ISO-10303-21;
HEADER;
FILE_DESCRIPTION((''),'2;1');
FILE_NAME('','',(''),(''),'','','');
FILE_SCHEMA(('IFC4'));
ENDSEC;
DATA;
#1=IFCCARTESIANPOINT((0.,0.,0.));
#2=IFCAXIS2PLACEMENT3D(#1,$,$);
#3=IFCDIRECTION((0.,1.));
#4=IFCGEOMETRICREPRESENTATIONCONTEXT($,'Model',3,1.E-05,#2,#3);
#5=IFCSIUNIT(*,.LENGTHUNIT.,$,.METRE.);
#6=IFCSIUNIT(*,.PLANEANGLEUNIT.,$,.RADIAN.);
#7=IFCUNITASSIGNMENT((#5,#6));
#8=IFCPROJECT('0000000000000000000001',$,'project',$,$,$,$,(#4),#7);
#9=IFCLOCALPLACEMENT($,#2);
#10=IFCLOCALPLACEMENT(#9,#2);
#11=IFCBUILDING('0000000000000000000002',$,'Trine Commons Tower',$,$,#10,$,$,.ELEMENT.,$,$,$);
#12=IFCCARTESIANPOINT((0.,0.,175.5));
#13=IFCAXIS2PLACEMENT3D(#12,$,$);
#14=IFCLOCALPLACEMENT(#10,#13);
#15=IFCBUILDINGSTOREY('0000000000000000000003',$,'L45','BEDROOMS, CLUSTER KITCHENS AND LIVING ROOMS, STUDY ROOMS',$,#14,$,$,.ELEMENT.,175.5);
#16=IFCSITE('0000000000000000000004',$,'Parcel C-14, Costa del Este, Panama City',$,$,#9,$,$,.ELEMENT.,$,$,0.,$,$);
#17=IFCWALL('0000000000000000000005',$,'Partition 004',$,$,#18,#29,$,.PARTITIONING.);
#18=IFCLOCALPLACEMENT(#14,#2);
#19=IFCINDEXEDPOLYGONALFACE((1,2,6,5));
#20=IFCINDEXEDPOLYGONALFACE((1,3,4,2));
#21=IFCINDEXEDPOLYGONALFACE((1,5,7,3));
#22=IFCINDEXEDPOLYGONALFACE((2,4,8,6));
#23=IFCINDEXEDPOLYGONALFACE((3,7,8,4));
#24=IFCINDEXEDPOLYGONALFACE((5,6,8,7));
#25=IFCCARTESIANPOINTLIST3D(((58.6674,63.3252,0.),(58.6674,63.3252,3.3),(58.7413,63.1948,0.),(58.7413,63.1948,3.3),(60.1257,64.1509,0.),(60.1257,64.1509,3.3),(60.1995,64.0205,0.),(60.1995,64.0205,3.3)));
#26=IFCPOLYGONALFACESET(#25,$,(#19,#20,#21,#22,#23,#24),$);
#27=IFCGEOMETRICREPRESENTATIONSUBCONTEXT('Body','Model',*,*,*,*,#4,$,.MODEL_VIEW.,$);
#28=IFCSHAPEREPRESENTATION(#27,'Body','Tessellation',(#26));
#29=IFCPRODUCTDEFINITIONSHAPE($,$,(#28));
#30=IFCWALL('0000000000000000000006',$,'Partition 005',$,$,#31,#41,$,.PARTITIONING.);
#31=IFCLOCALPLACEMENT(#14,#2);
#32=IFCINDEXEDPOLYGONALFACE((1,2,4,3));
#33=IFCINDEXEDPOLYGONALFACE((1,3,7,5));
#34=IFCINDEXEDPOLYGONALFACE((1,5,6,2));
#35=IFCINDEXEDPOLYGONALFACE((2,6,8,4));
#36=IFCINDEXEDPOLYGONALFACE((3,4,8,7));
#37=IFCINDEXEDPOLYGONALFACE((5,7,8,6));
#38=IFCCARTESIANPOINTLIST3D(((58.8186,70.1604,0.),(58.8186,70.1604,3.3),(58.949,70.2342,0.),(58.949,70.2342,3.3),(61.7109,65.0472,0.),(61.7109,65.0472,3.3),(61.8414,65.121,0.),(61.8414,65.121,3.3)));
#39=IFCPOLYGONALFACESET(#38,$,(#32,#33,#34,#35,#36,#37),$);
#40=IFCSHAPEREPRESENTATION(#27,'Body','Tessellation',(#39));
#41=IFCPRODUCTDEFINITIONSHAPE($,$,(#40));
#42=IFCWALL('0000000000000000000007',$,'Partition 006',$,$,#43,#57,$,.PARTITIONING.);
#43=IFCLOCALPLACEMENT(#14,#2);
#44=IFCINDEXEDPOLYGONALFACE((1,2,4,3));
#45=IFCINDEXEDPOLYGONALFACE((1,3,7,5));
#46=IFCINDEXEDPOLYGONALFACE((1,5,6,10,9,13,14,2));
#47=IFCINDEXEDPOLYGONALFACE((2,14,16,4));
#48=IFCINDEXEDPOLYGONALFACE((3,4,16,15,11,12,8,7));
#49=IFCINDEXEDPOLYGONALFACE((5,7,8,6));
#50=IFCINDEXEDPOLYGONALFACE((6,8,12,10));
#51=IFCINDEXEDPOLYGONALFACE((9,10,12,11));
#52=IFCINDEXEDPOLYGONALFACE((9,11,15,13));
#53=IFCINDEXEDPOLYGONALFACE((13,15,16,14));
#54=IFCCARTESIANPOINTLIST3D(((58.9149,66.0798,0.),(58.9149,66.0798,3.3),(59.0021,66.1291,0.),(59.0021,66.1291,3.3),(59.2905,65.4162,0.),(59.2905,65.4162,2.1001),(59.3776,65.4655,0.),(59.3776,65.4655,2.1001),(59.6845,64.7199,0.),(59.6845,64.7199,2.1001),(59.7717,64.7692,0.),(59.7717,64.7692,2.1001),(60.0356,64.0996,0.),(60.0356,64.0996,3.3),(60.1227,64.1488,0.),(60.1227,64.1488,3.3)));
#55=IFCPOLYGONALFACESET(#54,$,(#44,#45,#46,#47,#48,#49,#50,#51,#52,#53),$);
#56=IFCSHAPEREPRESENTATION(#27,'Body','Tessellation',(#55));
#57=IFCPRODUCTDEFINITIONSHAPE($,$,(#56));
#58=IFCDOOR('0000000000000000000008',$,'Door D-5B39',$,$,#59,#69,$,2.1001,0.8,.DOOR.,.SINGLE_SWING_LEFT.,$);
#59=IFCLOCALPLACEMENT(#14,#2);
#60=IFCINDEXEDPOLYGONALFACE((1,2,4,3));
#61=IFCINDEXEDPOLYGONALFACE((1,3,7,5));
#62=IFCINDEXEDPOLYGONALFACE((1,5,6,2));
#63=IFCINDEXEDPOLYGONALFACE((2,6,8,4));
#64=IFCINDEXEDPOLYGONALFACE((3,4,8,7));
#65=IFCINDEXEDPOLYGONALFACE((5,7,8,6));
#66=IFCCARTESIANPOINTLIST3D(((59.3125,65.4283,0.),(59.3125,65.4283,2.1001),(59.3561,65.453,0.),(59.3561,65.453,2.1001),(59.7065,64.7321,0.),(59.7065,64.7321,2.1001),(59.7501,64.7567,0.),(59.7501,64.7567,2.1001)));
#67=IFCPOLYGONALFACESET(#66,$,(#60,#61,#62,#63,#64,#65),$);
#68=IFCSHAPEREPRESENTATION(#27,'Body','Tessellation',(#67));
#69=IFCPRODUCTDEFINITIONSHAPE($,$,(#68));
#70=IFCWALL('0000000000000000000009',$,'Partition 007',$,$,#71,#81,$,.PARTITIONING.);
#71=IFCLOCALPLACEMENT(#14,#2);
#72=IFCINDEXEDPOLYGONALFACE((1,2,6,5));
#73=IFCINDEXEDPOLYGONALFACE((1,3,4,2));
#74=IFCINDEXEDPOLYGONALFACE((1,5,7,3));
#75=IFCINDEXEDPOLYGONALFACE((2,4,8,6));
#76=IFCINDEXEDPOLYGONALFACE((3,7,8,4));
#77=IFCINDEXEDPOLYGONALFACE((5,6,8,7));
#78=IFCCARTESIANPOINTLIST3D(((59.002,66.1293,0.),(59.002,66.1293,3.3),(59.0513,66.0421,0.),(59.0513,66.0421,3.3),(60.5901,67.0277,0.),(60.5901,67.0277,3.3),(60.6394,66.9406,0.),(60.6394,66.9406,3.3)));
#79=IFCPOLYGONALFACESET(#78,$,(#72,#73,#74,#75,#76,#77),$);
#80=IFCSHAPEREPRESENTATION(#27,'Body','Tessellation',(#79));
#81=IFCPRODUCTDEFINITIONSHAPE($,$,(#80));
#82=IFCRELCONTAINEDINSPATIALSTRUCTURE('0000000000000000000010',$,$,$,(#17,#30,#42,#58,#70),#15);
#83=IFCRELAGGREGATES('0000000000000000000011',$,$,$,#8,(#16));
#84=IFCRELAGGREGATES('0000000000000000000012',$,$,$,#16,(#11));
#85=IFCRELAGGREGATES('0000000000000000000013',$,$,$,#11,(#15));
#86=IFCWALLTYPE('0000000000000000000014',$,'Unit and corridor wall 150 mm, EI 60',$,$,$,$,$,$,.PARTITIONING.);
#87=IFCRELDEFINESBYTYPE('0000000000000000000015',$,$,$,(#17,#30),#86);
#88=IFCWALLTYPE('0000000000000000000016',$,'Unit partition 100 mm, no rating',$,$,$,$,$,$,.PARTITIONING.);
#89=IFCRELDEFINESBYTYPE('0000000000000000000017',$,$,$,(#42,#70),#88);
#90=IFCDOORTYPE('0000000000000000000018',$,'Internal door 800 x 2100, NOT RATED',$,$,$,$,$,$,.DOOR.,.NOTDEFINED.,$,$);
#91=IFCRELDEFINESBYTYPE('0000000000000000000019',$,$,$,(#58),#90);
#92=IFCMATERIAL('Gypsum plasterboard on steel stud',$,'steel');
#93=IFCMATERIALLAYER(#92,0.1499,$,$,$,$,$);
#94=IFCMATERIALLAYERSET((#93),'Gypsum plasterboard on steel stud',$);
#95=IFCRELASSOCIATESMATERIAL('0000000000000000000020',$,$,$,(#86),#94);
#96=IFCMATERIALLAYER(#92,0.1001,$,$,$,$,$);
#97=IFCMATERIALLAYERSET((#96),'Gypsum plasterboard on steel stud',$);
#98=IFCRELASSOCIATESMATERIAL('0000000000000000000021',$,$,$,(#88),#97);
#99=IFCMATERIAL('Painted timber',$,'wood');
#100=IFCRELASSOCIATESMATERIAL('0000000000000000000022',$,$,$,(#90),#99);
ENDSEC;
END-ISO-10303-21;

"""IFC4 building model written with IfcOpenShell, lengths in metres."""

from ifc_helpers import new_model, si_unit, direction, frame, frame_2d, origin, place, context, subcontext, project, spatial, rectangle, extrude, material, layer, layer_set, type_object, element, fill, save


model = new_model("IFC4")

# Units and contexts
model_context = context("Model", 3, precision=1e-05, world=origin(), true_north=direction((0.0, 1.0)))
body_context = subcontext(model_context, "Body", "Model", "MODEL_VIEW")
ifc_project = project(units=[si_unit("LENGTHUNIT", "METRE"), si_unit("PLANEANGLEUNIT", "RADIAN")], contexts=[model_context])

# Site, building, storey
site_placement = place(None, origin())
site = spatial("IfcSite", under=ifc_project, at=site_placement, Name="Parcel C-14, Costa del Este, Panama City", CompositionType="ELEMENT", RefElevation=0.0)
building_placement = place(site_placement, origin())
building = spatial("IfcBuilding", under=site, at=building_placement, Name="Trine Commons Tower", CompositionType="ELEMENT")
storey_placement = place(building_placement, frame((0.0, 0.0, 175.5)))
storey = spatial("IfcBuildingStorey", under=building, at=storey_placement, Name="L45", Description="BEDROOMS, CLUSTER KITCHENS AND LIVING ROOMS, STUDY ROOMS", CompositionType="ELEMENT", Elevation=175.5)

# Shared definitions
ifc_material_1 = material(Name="Gypsum plasterboard on steel stud", Category="steel")
ifc_layer_1 = layer(ifc_material_1, 0.1499)
ifc_layer_set_1 = layer_set([ifc_layer_1], Name="Gypsum plasterboard on steel stud")
wall_type_1 = type_object("IfcWallType", Name="Unit and corridor wall 150 mm, EI 60", PredefinedType="PARTITIONING", material=ifc_layer_set_1)

# Walls
wall_1_placement = place(storey_placement, frame((58.7043, 63.26, 0.0), z_axis=(0.0, 0.0, 1.0), x_axis=(0.870191, 0.492715, 0.0)))
element("IfcWall", 1, at=wall_1_placement, inside=storey, type_object=wall_type_1, Name="Partition 004", PredefinedType="PARTITIONING", context=body_context, shape_type="SweptSolid", body=[
    extrude(rectangle(XDim=1.6758, YDim=0.1499, at=frame_2d((0.8379, 0.0))), origin(), (0.0, 0.0, 1.0), 3.3),
])
wall_2_placement = place(storey_placement, frame((58.8838, 70.1973, 0.0), z_axis=(0.0, 0.0, 1.0), x_axis=(0.492361, -0.870391, 0.0)))
element("IfcWall", 2, at=wall_2_placement, inside=storey, type_object=wall_type_1, Name="Partition 005", PredefinedType="PARTITIONING", context=body_context, shape_type="SweptSolid", body=[
    extrude(rectangle(XDim=5.8745, YDim=0.1499, at=frame_2d((2.9373, 0.0))), origin(), (0.0, 0.0, 1.0), 3.3),
])

# Wall, opening, door
ifc_layer_2 = layer(ifc_material_1, 0.1001)
ifc_layer_set_2 = layer_set([ifc_layer_2], Name="Gypsum plasterboard on steel stud")
wall_type_2 = type_object("IfcWallType", Name="Unit partition 100 mm, no rating", PredefinedType="PARTITIONING", material=ifc_layer_set_2)
wall_3_placement = place(storey_placement, frame((58.9585, 66.1045, 0.0), z_axis=(0.0, 0.0, 1.0), x_axis=(0.492506, -0.870309, 0.0)))
wall_3 = element("IfcWall", 3, at=wall_3_placement, inside=storey, type_object=wall_type_2, Name="Partition 006", PredefinedType="PARTITIONING", context=body_context, shape_type="SweptSolid", body=[
    extrude(rectangle(XDim=2.2754, YDim=0.1001, at=frame_2d((1.1377, 0.0))), origin(), (0.0, 0.0, 1.0), 3.3),
])
opening_1_placement = place(wall_3_placement, frame((0.7627, 0.0, 0.0)))
opening_1 = element("IfcOpeningElement", 4, at=opening_1_placement, cuts=wall_3, PredefinedType="OPENING", context=body_context, shape_type="SweptSolid", body=[
    extrude(rectangle(XDim=0.8, YDim=2.1001, at=frame_2d((0.3999, 1.05))), frame((0.0, 0.0601, 0.0), z_axis=(0.0, -1.0, 0.0), x_axis=(1.0, 0.0, 0.0)), (0.0, 0.0, 1.0), 0.1201),
])
ifc_material_2 = material(Name="Painted timber", Category="wood")
door_type_1 = type_object("IfcDoorType", Name="Internal door 800 x 2100, NOT RATED", OperationType="NOTDEFINED", PredefinedType="DOOR", material=ifc_material_2)
door_1_placement = place(opening_1_placement, frame((0.8, 0.0, 0.0), z_axis=(0.0, 0.0, 1.0), x_axis=(-1.0, 0.0, 0.0)))
door_1 = element("IfcDoor", 5, at=door_1_placement, inside=storey, type_object=door_type_1, Name="Door D-5B39", OperationType="SINGLE_SWING_LEFT", OverallHeight=2.1001, OverallWidth=0.8, PredefinedType="DOOR", context=body_context, shape_type="SweptSolid", body=[
    extrude(rectangle(XDim=0.8, YDim=2.1001, at=frame_2d((0.3999, 1.05))), frame((0.0, 0.0249, 0.0), z_axis=(0.0, -1.0, 0.0), x_axis=(1.0, 0.0, 0.0)), (0.0, 0.0, 1.0), 0.05),
])
fill(opening_1, door_1)

# Wall
wall_4_placement = place(storey_placement, frame((59.0266, 66.0857, 0.0), z_axis=(0.0, 0.0, 1.0), x_axis=(0.870376, 0.492388, 0.0)))
element("IfcWall", 6, at=wall_4_placement, inside=storey, type_object=wall_type_2, Name="Partition 007", PredefinedType="PARTITIONING", context=body_context, shape_type="SweptSolid", body=[
    extrude(rectangle(XDim=1.8247, YDim=0.1001, at=frame_2d((0.9124, 0.0))), origin(), (0.0, 0.0, 1.0), 3.3),
])

save(model, "model.ifc")
